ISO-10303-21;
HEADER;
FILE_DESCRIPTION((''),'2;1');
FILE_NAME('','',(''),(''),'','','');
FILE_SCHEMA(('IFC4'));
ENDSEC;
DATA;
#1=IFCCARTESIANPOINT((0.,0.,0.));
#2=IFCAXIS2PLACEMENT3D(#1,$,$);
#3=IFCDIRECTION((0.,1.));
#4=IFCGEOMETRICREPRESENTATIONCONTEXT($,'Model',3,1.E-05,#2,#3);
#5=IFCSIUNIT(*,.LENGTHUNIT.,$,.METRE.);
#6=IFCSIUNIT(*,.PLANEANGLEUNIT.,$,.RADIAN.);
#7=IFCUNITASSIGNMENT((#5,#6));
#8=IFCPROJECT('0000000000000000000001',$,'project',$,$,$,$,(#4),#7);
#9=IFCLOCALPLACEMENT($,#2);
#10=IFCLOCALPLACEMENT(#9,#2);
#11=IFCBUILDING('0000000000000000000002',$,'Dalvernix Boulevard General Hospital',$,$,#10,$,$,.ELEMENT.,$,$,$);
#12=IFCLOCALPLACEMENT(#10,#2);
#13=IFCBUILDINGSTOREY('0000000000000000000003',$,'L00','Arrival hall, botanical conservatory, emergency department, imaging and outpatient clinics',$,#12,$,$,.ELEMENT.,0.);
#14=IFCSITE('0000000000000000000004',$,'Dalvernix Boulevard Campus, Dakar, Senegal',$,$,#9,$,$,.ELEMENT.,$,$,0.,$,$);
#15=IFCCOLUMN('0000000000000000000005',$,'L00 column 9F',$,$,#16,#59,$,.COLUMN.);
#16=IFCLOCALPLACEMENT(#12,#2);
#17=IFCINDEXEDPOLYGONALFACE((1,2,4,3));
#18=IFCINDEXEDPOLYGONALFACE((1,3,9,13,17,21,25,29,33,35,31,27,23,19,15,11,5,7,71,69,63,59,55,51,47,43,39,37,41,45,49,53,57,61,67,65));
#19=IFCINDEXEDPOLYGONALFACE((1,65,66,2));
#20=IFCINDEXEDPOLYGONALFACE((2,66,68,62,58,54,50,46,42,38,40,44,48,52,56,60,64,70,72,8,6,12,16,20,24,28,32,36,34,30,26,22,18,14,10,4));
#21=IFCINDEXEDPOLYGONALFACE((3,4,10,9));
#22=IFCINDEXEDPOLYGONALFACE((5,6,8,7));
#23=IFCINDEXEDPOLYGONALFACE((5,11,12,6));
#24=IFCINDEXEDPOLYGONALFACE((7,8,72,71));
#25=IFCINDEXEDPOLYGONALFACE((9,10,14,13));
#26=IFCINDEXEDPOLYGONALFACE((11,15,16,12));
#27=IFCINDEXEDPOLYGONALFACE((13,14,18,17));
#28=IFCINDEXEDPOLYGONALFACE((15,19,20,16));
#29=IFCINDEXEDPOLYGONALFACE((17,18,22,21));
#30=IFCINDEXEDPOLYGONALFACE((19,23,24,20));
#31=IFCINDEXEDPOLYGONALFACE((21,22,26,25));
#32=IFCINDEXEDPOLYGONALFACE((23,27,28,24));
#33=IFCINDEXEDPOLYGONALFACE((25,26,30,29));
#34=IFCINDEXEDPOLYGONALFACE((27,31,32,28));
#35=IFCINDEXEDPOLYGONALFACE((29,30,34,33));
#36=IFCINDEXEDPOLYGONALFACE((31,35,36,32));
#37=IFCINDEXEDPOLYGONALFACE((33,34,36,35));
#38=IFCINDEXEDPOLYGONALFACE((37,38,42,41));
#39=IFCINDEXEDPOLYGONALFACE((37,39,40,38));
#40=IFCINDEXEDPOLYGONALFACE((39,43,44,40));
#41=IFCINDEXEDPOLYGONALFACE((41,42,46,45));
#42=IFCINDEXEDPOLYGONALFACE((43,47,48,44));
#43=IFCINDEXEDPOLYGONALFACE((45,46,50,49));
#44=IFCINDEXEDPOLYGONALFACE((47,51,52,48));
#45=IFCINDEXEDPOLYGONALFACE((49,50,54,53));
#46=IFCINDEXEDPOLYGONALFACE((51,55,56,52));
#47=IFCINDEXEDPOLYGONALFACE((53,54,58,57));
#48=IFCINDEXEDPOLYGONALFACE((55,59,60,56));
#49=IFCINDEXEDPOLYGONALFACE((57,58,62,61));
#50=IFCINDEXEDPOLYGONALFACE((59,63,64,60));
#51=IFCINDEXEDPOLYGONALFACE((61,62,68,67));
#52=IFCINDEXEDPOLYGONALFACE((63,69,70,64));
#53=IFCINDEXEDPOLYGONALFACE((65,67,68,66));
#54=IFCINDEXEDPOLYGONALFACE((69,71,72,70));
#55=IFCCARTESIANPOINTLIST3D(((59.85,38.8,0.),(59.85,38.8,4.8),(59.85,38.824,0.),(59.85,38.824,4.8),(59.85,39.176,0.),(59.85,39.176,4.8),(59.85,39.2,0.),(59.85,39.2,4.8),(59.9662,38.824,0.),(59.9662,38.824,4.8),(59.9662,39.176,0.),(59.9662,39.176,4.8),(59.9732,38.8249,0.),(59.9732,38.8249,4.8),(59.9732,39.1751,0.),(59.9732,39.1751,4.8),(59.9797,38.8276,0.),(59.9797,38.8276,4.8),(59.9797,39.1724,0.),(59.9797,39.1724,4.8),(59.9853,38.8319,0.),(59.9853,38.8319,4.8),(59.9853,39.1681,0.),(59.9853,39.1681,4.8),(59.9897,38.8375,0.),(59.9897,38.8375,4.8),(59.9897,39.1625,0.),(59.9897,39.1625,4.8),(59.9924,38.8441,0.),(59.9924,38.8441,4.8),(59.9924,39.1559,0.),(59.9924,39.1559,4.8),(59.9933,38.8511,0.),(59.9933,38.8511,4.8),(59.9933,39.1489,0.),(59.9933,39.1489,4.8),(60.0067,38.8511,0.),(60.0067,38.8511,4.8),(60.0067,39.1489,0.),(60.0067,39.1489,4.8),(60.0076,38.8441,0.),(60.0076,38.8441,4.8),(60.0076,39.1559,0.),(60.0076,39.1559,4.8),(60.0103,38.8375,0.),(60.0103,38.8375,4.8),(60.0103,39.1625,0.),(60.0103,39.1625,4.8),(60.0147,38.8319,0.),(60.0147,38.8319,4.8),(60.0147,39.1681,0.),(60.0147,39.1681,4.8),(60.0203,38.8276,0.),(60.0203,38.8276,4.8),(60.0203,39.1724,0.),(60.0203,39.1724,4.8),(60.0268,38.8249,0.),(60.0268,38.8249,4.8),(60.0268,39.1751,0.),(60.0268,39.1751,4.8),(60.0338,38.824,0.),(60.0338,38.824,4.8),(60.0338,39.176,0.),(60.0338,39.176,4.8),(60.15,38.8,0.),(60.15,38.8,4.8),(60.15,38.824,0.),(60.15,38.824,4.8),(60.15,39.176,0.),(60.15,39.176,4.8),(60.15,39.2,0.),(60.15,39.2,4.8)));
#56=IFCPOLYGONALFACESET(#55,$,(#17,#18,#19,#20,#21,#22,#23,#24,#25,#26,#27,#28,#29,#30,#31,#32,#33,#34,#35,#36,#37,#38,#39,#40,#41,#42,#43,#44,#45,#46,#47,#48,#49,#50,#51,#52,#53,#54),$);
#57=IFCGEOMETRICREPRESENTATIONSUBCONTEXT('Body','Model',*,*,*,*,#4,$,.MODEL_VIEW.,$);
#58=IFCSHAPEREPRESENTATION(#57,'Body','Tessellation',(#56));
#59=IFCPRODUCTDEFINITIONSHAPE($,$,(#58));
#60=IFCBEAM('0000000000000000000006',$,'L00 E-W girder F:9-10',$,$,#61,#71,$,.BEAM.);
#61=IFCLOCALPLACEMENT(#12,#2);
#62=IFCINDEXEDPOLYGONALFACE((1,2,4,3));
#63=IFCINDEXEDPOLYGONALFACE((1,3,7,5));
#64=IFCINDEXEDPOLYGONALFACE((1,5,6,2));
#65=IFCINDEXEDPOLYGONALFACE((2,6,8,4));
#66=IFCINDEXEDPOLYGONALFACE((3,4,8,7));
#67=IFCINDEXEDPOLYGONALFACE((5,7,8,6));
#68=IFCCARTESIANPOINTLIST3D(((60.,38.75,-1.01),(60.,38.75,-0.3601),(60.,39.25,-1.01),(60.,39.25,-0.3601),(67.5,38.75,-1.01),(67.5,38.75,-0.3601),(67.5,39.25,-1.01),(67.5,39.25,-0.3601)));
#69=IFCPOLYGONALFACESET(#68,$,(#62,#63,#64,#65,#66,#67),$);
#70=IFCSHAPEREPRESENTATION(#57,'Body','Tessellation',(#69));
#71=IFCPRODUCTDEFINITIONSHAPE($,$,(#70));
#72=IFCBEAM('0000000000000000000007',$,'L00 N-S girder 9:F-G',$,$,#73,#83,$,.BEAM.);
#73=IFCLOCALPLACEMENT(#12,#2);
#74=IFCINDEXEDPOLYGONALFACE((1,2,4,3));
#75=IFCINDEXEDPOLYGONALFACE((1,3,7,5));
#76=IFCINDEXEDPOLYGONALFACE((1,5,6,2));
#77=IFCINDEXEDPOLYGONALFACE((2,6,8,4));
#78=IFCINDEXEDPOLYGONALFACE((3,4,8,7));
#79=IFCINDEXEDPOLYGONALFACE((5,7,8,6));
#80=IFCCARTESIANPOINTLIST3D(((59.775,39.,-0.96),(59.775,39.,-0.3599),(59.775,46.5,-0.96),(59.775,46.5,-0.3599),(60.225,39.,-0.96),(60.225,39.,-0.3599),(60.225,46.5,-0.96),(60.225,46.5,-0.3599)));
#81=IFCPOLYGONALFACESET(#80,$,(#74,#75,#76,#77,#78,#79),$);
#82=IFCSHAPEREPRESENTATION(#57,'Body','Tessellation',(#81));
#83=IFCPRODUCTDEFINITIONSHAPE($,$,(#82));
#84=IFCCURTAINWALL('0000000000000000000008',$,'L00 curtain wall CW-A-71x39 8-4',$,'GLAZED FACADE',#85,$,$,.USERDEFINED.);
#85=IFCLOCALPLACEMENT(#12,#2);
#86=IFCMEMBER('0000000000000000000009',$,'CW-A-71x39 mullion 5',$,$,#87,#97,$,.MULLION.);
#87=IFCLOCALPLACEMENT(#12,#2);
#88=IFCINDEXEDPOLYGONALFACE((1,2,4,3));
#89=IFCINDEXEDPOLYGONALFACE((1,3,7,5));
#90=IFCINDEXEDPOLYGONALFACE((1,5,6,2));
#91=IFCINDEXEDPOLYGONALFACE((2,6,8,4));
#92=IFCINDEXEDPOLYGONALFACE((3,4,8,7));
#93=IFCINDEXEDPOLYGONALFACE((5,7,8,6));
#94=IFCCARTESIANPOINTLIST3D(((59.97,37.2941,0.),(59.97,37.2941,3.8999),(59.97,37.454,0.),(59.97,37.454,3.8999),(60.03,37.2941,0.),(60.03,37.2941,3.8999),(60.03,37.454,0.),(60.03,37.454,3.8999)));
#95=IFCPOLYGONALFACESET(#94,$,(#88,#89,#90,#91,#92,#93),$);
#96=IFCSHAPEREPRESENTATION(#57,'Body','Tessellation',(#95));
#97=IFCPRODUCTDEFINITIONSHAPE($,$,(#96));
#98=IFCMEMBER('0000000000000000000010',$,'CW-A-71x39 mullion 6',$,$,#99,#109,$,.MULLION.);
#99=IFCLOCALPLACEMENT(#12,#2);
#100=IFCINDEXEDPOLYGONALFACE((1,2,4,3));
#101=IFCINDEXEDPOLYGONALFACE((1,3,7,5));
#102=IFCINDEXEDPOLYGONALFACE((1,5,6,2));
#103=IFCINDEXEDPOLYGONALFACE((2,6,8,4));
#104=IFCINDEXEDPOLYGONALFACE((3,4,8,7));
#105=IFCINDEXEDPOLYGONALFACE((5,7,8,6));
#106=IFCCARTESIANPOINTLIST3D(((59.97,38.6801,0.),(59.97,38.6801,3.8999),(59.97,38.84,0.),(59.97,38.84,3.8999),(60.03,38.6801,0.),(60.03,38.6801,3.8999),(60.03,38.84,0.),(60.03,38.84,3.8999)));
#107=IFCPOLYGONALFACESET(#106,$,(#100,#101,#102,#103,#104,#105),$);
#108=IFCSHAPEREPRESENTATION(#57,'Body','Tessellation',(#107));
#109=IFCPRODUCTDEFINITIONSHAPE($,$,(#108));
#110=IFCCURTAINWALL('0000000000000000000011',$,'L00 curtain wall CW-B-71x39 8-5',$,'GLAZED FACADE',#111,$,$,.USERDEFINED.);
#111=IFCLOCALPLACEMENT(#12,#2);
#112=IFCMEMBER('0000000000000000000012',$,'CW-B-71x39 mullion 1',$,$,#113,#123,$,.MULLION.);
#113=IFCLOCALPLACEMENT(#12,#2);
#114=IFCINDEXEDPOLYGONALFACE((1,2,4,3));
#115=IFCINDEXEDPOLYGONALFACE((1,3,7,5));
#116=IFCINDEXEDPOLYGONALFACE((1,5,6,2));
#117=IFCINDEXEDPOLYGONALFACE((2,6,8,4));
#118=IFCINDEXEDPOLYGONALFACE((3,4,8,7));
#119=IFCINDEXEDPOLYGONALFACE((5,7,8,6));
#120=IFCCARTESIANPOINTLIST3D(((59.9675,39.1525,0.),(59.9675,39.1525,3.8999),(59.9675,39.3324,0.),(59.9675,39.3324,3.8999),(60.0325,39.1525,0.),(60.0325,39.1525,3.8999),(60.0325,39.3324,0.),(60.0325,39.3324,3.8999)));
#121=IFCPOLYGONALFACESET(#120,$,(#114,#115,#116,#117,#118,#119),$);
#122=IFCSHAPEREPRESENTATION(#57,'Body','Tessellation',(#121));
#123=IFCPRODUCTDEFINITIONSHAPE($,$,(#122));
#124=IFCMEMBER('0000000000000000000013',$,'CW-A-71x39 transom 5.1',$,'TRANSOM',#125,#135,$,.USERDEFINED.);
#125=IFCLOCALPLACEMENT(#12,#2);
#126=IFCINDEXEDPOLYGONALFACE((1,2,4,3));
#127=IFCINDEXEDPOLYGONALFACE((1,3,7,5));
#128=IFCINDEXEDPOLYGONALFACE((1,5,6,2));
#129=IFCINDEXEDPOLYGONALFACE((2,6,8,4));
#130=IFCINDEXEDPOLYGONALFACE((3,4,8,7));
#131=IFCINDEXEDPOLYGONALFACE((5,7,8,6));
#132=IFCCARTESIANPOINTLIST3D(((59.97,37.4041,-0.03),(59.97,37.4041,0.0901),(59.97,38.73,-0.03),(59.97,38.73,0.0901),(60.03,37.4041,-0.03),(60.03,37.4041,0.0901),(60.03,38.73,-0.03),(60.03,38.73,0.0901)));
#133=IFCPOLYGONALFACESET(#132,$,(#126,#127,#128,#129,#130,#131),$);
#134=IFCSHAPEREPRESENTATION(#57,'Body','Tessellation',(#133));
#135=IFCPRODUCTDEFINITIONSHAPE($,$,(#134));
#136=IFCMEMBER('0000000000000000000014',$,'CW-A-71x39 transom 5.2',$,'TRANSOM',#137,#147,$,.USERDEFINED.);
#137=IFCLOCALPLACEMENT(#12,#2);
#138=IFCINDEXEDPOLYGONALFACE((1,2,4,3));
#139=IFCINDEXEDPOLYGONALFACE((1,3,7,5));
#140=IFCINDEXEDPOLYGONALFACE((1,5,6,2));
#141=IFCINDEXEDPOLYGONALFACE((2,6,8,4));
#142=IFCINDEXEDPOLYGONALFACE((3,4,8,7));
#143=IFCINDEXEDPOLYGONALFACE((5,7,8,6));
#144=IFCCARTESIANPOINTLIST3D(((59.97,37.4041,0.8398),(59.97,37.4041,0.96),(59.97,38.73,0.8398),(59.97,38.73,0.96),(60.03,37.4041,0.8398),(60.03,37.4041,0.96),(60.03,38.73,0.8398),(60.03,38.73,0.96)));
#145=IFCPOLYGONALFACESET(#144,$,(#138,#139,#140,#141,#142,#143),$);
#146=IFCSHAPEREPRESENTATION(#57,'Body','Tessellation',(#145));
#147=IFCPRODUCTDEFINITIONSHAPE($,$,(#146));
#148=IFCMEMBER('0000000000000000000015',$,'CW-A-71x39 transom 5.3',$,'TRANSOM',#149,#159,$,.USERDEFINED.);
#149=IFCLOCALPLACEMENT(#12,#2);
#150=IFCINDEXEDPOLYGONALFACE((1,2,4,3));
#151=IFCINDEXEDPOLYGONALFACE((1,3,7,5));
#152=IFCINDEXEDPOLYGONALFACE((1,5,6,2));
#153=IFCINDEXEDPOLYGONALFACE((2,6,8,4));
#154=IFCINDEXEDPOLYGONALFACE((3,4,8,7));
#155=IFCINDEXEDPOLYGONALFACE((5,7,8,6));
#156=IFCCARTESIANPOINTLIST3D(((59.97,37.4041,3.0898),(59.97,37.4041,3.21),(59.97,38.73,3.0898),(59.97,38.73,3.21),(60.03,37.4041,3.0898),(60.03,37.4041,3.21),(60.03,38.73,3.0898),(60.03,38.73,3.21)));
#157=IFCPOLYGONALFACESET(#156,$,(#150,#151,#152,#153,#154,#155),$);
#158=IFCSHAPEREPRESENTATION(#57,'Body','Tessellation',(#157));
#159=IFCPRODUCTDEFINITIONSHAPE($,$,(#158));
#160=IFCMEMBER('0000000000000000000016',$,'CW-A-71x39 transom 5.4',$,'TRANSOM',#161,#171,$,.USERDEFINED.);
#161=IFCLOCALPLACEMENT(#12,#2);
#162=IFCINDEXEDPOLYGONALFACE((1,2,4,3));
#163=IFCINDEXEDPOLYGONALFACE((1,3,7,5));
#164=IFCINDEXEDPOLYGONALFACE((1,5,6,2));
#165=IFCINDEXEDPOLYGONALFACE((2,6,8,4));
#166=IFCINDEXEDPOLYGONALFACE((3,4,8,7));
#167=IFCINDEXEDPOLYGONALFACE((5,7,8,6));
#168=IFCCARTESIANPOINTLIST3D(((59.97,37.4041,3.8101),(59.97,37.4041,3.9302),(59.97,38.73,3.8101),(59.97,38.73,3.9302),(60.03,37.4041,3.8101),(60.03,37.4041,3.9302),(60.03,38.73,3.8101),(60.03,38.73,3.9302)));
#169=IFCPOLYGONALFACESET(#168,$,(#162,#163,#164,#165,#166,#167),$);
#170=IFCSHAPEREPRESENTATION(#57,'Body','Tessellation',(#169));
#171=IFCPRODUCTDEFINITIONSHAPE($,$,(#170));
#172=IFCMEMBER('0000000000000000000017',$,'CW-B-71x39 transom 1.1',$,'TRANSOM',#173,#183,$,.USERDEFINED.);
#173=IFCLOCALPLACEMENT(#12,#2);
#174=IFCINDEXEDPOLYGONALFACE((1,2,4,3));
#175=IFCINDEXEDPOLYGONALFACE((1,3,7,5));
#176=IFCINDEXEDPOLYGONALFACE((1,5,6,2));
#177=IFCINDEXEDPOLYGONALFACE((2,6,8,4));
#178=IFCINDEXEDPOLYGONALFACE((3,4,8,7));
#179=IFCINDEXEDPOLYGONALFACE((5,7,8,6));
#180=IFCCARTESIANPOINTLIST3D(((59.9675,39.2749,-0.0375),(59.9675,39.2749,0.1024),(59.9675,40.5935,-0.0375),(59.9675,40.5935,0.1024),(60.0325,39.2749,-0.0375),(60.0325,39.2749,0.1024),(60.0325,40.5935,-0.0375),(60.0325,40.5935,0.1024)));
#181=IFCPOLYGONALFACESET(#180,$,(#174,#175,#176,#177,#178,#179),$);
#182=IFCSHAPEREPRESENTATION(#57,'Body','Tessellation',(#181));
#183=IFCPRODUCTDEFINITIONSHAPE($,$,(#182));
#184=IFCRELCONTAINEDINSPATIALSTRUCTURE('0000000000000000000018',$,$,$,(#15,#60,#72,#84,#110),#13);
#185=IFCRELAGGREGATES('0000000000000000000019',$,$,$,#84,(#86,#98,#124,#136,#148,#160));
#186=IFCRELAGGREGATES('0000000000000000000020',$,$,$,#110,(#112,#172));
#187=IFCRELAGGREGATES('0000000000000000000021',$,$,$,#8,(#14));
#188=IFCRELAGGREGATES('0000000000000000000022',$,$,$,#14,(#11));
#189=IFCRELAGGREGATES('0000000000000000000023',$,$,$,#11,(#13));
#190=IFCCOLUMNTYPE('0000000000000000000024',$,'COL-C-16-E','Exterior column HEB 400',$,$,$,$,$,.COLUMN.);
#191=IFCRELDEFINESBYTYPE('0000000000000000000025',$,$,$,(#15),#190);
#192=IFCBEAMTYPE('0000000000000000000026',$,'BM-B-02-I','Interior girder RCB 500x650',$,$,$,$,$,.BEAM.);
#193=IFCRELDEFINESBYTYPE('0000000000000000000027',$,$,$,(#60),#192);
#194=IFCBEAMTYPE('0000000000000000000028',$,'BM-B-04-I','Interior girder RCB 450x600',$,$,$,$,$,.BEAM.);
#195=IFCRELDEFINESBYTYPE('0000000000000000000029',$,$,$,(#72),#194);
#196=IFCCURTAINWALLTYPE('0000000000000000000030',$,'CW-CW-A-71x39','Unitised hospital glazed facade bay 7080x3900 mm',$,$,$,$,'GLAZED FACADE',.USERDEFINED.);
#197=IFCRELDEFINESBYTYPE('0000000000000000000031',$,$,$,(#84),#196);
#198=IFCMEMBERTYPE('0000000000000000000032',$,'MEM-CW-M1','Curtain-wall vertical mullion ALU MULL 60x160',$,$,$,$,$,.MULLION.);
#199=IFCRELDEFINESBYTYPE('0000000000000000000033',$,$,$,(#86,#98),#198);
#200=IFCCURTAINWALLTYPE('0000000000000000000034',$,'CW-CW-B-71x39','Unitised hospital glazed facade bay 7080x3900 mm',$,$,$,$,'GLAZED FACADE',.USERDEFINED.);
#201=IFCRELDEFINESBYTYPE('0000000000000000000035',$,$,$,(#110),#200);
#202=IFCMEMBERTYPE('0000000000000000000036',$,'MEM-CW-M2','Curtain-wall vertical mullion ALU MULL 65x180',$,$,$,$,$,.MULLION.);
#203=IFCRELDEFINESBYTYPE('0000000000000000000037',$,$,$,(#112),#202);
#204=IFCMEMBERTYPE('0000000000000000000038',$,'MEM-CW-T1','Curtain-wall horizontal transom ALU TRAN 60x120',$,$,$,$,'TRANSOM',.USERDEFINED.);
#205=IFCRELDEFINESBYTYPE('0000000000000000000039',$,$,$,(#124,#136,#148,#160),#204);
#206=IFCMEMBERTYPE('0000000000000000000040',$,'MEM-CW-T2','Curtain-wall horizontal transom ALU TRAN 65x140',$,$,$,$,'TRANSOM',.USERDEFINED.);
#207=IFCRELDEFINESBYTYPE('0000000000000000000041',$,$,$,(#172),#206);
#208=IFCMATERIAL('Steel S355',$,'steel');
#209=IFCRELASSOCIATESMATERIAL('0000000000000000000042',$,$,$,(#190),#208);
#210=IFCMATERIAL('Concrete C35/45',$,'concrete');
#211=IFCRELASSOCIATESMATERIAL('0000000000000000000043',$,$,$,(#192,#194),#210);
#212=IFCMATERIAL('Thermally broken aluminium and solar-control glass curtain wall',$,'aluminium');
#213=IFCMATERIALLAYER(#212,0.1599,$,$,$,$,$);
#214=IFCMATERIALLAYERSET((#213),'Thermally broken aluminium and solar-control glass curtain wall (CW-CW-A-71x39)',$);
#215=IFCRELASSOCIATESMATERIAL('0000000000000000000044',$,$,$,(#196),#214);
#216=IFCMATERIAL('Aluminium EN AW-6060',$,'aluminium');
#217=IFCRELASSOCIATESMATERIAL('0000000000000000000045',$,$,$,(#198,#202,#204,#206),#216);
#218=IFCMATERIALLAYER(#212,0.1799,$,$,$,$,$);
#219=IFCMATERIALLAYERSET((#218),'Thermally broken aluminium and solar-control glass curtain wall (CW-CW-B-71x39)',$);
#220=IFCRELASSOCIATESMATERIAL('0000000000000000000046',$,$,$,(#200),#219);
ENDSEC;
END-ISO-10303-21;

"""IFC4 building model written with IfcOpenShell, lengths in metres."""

from ifc_helpers import new_model, si_unit, direction, frame, origin, origin_2d, place, context, subcontext, project, spatial, rectangle, i_section, extrude, material, layer, layer_set, material_profile, profile_set, type_object, element, aggregate, save


model = new_model("IFC4")

# Units and contexts
model_context = context("Model", 3, precision=1e-05, world=origin(), true_north=direction((0.0, 1.0)))
body_context = subcontext(model_context, "Body", "Model", "MODEL_VIEW")
ifc_project = project(units=[si_unit("LENGTHUNIT", "METRE"), si_unit("PLANEANGLEUNIT", "RADIAN")], contexts=[model_context])

# Site, building, storey
site_placement = place(None, origin())
site = spatial("IfcSite", under=ifc_project, at=site_placement, Name="Dalvernix Boulevard Campus, Dakar, Senegal", CompositionType="ELEMENT", RefElevation=0.0)
building_placement = place(site_placement, origin())
building = spatial("IfcBuilding", under=site, at=building_placement, Name="Dalvernix Boulevard General Hospital", CompositionType="ELEMENT")
storey_placement = place(building_placement, origin())
storey = spatial("IfcBuildingStorey", under=building, at=storey_placement, Name="L00", Description="Arrival hall, botanical conservatory, emergency department, imaging and outpatient clinics", CompositionType="ELEMENT", Elevation=0.0)

# Column
ifc_material_1 = material(Name="Steel S355", Category="steel")
ifc_material_profile_1 = material_profile(ifc_material_1, i_section(OverallWidth=0.3, OverallDepth=0.3999, WebThickness=0.0134, FlangeThickness=0.0239, FilletRadius=0.0271, at=origin_2d()), Name="HEB 400")
ifc_profile_set_1 = profile_set([ifc_material_profile_1], Name="Steel S355")
column_type = type_object("IfcColumnType", Name="COL-C-16-E", Description="Exterior column HEB 400", PredefinedType="COLUMN", material=ifc_profile_set_1)
column_placement = place(storey_placement, frame((60.0, 39.0, 0.0), z_axis=(0.0, 0.0, 1.0), x_axis=(1.0, 0.0, 0.0)))
element("IfcColumn", 1, at=column_placement, inside=storey, type_object=column_type, Name="L00 column 9F", PredefinedType="COLUMN", context=body_context, shape_type="SweptSolid", body=[
    extrude(i_section(OverallWidth=0.3, OverallDepth=0.3999, WebThickness=0.0134, FlangeThickness=0.0239, FilletRadius=0.0271, at=origin_2d()), origin(), (0.0, 0.0, 1.0), 4.8),
])

# Beams
ifc_material_2 = material(Name="Concrete C35/45", Category="concrete")
ifc_material_profile_2 = material_profile(ifc_material_2, rectangle(XDim=0.5, YDim=0.6499, at=origin_2d()), Name="RCB 500x650")
ifc_profile_set_2 = profile_set([ifc_material_profile_2], Name="Concrete C35/45")
beam_type_1 = type_object("IfcBeamType", Name="BM-B-02-I", Description="Interior girder RCB 500x650", PredefinedType="BEAM", material=ifc_profile_set_2)
beam_1_placement = place(storey_placement, frame((60.0, 39.0, -0.6851), z_axis=(1.0, 0.0, 0.0), x_axis=(0.0, 1.0, 0.0)))
element("IfcBeam", 2, at=beam_1_placement, inside=storey, type_object=beam_type_1, Name="L00 E-W girder F:9-10", PredefinedType="BEAM", context=body_context, shape_type="SweptSolid", body=[
    extrude(rectangle(XDim=0.5, YDim=0.6499, at=origin_2d()), origin(), (0.0, 0.0, 1.0), 7.5),
])
ifc_material_profile_3 = material_profile(ifc_material_2, rectangle(XDim=0.45, YDim=0.6001, at=origin_2d()), Name="RCB 450x600")
ifc_profile_set_3 = profile_set([ifc_material_profile_3], Name="Concrete C35/45")
beam_type_2 = type_object("IfcBeamType", Name="BM-B-04-I", Description="Interior girder RCB 450x600", PredefinedType="BEAM", material=ifc_profile_set_3)
beam_2_placement = place(storey_placement, frame((60.0, 39.0, -0.6599), z_axis=(0.0, 1.0, 0.0), x_axis=(-1.0, 0.0, 0.0)))
element("IfcBeam", 3, at=beam_2_placement, inside=storey, type_object=beam_type_2, Name="L00 N-S girder 9:F-G", PredefinedType="BEAM", context=body_context, shape_type="SweptSolid", body=[
    extrude(rectangle(XDim=0.45, YDim=0.6001, at=origin_2d()), origin(), (0.0, 0.0, 1.0), 7.5),
])

# Curtain wall, members
ifc_material_3 = material(Name="Thermally broken aluminium and solar-control glass curtain wall", Category="aluminium")
ifc_layer_1 = layer(ifc_material_3, 0.1599)
ifc_layer_set_1 = layer_set([ifc_layer_1], Name="Thermally broken aluminium and solar-control glass curtain wall (CW-CW-A-71x39)")
curtain_wall_type_1 = type_object("IfcCurtainWallType", Name="CW-CW-A-71x39", Description="Unitised hospital glazed facade bay 7080x3900 mm", ElementType="GLAZED FACADE", PredefinedType="USERDEFINED", material=ifc_layer_set_1)
curtain_wall_1_placement = place(storey_placement, origin())
curtain_wall_1 = element("IfcCurtainWall", 4, at=curtain_wall_1_placement, inside=storey, type_object=curtain_wall_type_1, Name="L00 curtain wall CW-A-71x39 8-4", ObjectType="GLAZED FACADE", PredefinedType="USERDEFINED")
ifc_material_4 = material(Name="Aluminium EN AW-6060", Category="aluminium")
ifc_material_profile_4 = material_profile(ifc_material_4, rectangle(XDim=0.0601, YDim=0.1599, at=origin_2d()), Name="ALU MULL 60x160")
ifc_profile_set_4 = profile_set([ifc_material_profile_4], Name="Aluminium EN AW-6060")
member_type_1 = type_object("IfcMemberType", Name="MEM-CW-M1", Description="Curtain-wall vertical mullion ALU MULL 60x160", PredefinedType="MULLION", material=ifc_profile_set_4)
member_1_placement = place(storey_placement, frame((60.0, 37.374, 0.0), z_axis=(0.0, 0.0, 1.0), x_axis=(-1.0, 0.0, 0.0)))
member_1 = element("IfcMember", 5, at=member_1_placement, type_object=member_type_1, Name="CW-A-71x39 mullion 5", PredefinedType="MULLION", context=body_context, shape_type="SweptSolid", body=[
    extrude(rectangle(XDim=0.0601, YDim=0.1599, at=origin_2d()), origin(), (0.0, 0.0, 1.0), 3.8999),
])
member_2_placement = place(storey_placement, frame((60.0, 38.76, 0.0), z_axis=(0.0, 0.0, 1.0), x_axis=(-1.0, 0.0, 0.0)))
member_2 = element("IfcMember", 6, at=member_2_placement, type_object=member_type_1, Name="CW-A-71x39 mullion 6", PredefinedType="MULLION", context=body_context, shape_type="SweptSolid", body=[
    extrude(rectangle(XDim=0.0601, YDim=0.1599, at=origin_2d()), origin(), (0.0, 0.0, 1.0), 3.8999),
])

# Curtain wall, member
ifc_layer_2 = layer(ifc_material_3, 0.1799)
ifc_layer_set_2 = layer_set([ifc_layer_2], Name="Thermally broken aluminium and solar-control glass curtain wall (CW-CW-B-71x39)")
curtain_wall_type_2 = type_object("IfcCurtainWallType", Name="CW-CW-B-71x39", Description="Unitised hospital glazed facade bay 7080x3900 mm", ElementType="GLAZED FACADE", PredefinedType="USERDEFINED", material=ifc_layer_set_2)
curtain_wall_2_placement = place(storey_placement, origin())
curtain_wall_2 = element("IfcCurtainWall", 7, at=curtain_wall_2_placement, inside=storey, type_object=curtain_wall_type_2, Name="L00 curtain wall CW-B-71x39 8-5", ObjectType="GLAZED FACADE", PredefinedType="USERDEFINED")
ifc_material_profile_5 = material_profile(ifc_material_4, rectangle(XDim=0.0649, YDim=0.1799, at=origin_2d()), Name="ALU MULL 65x180")
ifc_profile_set_5 = profile_set([ifc_material_profile_5], Name="Aluminium EN AW-6060")
member_type_2 = type_object("IfcMemberType", Name="MEM-CW-M2", Description="Curtain-wall vertical mullion ALU MULL 65x180", PredefinedType="MULLION", material=ifc_profile_set_5)
member_3_placement = place(storey_placement, frame((60.0, 39.2424, 0.0), z_axis=(0.0, 0.0, 1.0), x_axis=(-1.0, 0.0, 0.0)))
member_3 = element("IfcMember", 8, at=member_3_placement, type_object=member_type_2, Name="CW-B-71x39 mullion 1", PredefinedType="MULLION", context=body_context, shape_type="SweptSolid", body=[
    extrude(rectangle(XDim=0.0649, YDim=0.1799, at=origin_2d()), origin(), (0.0, 0.0, 1.0), 3.8999),
])

# Members
ifc_material_profile_6 = material_profile(ifc_material_4, rectangle(XDim=0.0601, YDim=0.1201, at=origin_2d()), Name="ALU TRAN 60x120")
ifc_profile_set_6 = profile_set([ifc_material_profile_6], Name="Aluminium EN AW-6060")
member_type_3 = type_object("IfcMemberType", Name="MEM-CW-T1", Description="Curtain-wall horizontal transom ALU TRAN 60x120", ElementType="TRANSOM", PredefinedType="USERDEFINED", material=ifc_profile_set_6)
member_4_placement = place(storey_placement, frame((60.0, 37.4041, 0.03), z_axis=(0.0, 1.0, 0.0), x_axis=(-1.0, 0.0, 0.0)))
member_4 = element("IfcMember", 9, at=member_4_placement, type_object=member_type_3, Name="CW-A-71x39 transom 5.1", ObjectType="TRANSOM", PredefinedType="USERDEFINED", context=body_context, shape_type="SweptSolid", body=[
    extrude(rectangle(XDim=0.0601, YDim=0.1201, at=origin_2d()), origin(), (0.0, 0.0, 1.0), 1.3259),
])
member_5_placement = place(storey_placement, frame((60.0, 37.4041, 0.8999), z_axis=(0.0, 1.0, 0.0), x_axis=(-1.0, 0.0, 0.0)))
member_5 = element("IfcMember", 10, at=member_5_placement, type_object=member_type_3, Name="CW-A-71x39 transom 5.2", ObjectType="TRANSOM", PredefinedType="USERDEFINED", context=body_context, shape_type="SweptSolid", body=[
    extrude(rectangle(XDim=0.0601, YDim=0.1201, at=origin_2d()), origin(), (0.0, 0.0, 1.0), 1.3259),
])
member_6_placement = place(storey_placement, frame((60.0, 37.4041, 3.1499), z_axis=(0.0, 1.0, 0.0), x_axis=(-1.0, 0.0, 0.0)))
member_6 = element("IfcMember", 11, at=member_6_placement, type_object=member_type_3, Name="CW-A-71x39 transom 5.3", ObjectType="TRANSOM", PredefinedType="USERDEFINED", context=body_context, shape_type="SweptSolid", body=[
    extrude(rectangle(XDim=0.0601, YDim=0.1201, at=origin_2d()), origin(), (0.0, 0.0, 1.0), 1.3259),
])
member_7_placement = place(storey_placement, frame((60.0, 37.4041, 3.8701), z_axis=(0.0, 1.0, 0.0), x_axis=(-1.0, 0.0, 0.0)))
member_7 = element("IfcMember", 12, at=member_7_placement, type_object=member_type_3, Name="CW-A-71x39 transom 5.4", ObjectType="TRANSOM", PredefinedType="USERDEFINED", context=body_context, shape_type="SweptSolid", body=[
    extrude(rectangle(XDim=0.0601, YDim=0.1201, at=origin_2d()), origin(), (0.0, 0.0, 1.0), 1.3259),
])
ifc_material_profile_7 = material_profile(ifc_material_4, rectangle(XDim=0.0649, YDim=0.1399, at=origin_2d()), Name="ALU TRAN 65x140")
ifc_profile_set_7 = profile_set([ifc_material_profile_7], Name="Aluminium EN AW-6060")
member_type_4 = type_object("IfcMemberType", Name="MEM-CW-T2", Description="Curtain-wall horizontal transom ALU TRAN 65x140", ElementType="TRANSOM", PredefinedType="USERDEFINED", material=ifc_profile_set_7)
member_8_placement = place(storey_placement, frame((60.0, 39.2749, 0.0325), z_axis=(0.0, 1.0, 0.0), x_axis=(-1.0, 0.0, 0.0)))
member_8 = element("IfcMember", 13, at=member_8_placement, type_object=member_type_4, Name="CW-B-71x39 transom 1.1", ObjectType="TRANSOM", PredefinedType="USERDEFINED", context=body_context, shape_type="SweptSolid", body=[
    extrude(rectangle(XDim=0.0649, YDim=0.1399, at=origin_2d()), origin(), (0.0, 0.0, 1.0), 1.3186),
])

aggregate(curtain_wall_1, [member_1, member_2, member_4, member_5, member_6, member_7])
aggregate(curtain_wall_2, [member_3, member_8])

save(model, "model.ifc")
